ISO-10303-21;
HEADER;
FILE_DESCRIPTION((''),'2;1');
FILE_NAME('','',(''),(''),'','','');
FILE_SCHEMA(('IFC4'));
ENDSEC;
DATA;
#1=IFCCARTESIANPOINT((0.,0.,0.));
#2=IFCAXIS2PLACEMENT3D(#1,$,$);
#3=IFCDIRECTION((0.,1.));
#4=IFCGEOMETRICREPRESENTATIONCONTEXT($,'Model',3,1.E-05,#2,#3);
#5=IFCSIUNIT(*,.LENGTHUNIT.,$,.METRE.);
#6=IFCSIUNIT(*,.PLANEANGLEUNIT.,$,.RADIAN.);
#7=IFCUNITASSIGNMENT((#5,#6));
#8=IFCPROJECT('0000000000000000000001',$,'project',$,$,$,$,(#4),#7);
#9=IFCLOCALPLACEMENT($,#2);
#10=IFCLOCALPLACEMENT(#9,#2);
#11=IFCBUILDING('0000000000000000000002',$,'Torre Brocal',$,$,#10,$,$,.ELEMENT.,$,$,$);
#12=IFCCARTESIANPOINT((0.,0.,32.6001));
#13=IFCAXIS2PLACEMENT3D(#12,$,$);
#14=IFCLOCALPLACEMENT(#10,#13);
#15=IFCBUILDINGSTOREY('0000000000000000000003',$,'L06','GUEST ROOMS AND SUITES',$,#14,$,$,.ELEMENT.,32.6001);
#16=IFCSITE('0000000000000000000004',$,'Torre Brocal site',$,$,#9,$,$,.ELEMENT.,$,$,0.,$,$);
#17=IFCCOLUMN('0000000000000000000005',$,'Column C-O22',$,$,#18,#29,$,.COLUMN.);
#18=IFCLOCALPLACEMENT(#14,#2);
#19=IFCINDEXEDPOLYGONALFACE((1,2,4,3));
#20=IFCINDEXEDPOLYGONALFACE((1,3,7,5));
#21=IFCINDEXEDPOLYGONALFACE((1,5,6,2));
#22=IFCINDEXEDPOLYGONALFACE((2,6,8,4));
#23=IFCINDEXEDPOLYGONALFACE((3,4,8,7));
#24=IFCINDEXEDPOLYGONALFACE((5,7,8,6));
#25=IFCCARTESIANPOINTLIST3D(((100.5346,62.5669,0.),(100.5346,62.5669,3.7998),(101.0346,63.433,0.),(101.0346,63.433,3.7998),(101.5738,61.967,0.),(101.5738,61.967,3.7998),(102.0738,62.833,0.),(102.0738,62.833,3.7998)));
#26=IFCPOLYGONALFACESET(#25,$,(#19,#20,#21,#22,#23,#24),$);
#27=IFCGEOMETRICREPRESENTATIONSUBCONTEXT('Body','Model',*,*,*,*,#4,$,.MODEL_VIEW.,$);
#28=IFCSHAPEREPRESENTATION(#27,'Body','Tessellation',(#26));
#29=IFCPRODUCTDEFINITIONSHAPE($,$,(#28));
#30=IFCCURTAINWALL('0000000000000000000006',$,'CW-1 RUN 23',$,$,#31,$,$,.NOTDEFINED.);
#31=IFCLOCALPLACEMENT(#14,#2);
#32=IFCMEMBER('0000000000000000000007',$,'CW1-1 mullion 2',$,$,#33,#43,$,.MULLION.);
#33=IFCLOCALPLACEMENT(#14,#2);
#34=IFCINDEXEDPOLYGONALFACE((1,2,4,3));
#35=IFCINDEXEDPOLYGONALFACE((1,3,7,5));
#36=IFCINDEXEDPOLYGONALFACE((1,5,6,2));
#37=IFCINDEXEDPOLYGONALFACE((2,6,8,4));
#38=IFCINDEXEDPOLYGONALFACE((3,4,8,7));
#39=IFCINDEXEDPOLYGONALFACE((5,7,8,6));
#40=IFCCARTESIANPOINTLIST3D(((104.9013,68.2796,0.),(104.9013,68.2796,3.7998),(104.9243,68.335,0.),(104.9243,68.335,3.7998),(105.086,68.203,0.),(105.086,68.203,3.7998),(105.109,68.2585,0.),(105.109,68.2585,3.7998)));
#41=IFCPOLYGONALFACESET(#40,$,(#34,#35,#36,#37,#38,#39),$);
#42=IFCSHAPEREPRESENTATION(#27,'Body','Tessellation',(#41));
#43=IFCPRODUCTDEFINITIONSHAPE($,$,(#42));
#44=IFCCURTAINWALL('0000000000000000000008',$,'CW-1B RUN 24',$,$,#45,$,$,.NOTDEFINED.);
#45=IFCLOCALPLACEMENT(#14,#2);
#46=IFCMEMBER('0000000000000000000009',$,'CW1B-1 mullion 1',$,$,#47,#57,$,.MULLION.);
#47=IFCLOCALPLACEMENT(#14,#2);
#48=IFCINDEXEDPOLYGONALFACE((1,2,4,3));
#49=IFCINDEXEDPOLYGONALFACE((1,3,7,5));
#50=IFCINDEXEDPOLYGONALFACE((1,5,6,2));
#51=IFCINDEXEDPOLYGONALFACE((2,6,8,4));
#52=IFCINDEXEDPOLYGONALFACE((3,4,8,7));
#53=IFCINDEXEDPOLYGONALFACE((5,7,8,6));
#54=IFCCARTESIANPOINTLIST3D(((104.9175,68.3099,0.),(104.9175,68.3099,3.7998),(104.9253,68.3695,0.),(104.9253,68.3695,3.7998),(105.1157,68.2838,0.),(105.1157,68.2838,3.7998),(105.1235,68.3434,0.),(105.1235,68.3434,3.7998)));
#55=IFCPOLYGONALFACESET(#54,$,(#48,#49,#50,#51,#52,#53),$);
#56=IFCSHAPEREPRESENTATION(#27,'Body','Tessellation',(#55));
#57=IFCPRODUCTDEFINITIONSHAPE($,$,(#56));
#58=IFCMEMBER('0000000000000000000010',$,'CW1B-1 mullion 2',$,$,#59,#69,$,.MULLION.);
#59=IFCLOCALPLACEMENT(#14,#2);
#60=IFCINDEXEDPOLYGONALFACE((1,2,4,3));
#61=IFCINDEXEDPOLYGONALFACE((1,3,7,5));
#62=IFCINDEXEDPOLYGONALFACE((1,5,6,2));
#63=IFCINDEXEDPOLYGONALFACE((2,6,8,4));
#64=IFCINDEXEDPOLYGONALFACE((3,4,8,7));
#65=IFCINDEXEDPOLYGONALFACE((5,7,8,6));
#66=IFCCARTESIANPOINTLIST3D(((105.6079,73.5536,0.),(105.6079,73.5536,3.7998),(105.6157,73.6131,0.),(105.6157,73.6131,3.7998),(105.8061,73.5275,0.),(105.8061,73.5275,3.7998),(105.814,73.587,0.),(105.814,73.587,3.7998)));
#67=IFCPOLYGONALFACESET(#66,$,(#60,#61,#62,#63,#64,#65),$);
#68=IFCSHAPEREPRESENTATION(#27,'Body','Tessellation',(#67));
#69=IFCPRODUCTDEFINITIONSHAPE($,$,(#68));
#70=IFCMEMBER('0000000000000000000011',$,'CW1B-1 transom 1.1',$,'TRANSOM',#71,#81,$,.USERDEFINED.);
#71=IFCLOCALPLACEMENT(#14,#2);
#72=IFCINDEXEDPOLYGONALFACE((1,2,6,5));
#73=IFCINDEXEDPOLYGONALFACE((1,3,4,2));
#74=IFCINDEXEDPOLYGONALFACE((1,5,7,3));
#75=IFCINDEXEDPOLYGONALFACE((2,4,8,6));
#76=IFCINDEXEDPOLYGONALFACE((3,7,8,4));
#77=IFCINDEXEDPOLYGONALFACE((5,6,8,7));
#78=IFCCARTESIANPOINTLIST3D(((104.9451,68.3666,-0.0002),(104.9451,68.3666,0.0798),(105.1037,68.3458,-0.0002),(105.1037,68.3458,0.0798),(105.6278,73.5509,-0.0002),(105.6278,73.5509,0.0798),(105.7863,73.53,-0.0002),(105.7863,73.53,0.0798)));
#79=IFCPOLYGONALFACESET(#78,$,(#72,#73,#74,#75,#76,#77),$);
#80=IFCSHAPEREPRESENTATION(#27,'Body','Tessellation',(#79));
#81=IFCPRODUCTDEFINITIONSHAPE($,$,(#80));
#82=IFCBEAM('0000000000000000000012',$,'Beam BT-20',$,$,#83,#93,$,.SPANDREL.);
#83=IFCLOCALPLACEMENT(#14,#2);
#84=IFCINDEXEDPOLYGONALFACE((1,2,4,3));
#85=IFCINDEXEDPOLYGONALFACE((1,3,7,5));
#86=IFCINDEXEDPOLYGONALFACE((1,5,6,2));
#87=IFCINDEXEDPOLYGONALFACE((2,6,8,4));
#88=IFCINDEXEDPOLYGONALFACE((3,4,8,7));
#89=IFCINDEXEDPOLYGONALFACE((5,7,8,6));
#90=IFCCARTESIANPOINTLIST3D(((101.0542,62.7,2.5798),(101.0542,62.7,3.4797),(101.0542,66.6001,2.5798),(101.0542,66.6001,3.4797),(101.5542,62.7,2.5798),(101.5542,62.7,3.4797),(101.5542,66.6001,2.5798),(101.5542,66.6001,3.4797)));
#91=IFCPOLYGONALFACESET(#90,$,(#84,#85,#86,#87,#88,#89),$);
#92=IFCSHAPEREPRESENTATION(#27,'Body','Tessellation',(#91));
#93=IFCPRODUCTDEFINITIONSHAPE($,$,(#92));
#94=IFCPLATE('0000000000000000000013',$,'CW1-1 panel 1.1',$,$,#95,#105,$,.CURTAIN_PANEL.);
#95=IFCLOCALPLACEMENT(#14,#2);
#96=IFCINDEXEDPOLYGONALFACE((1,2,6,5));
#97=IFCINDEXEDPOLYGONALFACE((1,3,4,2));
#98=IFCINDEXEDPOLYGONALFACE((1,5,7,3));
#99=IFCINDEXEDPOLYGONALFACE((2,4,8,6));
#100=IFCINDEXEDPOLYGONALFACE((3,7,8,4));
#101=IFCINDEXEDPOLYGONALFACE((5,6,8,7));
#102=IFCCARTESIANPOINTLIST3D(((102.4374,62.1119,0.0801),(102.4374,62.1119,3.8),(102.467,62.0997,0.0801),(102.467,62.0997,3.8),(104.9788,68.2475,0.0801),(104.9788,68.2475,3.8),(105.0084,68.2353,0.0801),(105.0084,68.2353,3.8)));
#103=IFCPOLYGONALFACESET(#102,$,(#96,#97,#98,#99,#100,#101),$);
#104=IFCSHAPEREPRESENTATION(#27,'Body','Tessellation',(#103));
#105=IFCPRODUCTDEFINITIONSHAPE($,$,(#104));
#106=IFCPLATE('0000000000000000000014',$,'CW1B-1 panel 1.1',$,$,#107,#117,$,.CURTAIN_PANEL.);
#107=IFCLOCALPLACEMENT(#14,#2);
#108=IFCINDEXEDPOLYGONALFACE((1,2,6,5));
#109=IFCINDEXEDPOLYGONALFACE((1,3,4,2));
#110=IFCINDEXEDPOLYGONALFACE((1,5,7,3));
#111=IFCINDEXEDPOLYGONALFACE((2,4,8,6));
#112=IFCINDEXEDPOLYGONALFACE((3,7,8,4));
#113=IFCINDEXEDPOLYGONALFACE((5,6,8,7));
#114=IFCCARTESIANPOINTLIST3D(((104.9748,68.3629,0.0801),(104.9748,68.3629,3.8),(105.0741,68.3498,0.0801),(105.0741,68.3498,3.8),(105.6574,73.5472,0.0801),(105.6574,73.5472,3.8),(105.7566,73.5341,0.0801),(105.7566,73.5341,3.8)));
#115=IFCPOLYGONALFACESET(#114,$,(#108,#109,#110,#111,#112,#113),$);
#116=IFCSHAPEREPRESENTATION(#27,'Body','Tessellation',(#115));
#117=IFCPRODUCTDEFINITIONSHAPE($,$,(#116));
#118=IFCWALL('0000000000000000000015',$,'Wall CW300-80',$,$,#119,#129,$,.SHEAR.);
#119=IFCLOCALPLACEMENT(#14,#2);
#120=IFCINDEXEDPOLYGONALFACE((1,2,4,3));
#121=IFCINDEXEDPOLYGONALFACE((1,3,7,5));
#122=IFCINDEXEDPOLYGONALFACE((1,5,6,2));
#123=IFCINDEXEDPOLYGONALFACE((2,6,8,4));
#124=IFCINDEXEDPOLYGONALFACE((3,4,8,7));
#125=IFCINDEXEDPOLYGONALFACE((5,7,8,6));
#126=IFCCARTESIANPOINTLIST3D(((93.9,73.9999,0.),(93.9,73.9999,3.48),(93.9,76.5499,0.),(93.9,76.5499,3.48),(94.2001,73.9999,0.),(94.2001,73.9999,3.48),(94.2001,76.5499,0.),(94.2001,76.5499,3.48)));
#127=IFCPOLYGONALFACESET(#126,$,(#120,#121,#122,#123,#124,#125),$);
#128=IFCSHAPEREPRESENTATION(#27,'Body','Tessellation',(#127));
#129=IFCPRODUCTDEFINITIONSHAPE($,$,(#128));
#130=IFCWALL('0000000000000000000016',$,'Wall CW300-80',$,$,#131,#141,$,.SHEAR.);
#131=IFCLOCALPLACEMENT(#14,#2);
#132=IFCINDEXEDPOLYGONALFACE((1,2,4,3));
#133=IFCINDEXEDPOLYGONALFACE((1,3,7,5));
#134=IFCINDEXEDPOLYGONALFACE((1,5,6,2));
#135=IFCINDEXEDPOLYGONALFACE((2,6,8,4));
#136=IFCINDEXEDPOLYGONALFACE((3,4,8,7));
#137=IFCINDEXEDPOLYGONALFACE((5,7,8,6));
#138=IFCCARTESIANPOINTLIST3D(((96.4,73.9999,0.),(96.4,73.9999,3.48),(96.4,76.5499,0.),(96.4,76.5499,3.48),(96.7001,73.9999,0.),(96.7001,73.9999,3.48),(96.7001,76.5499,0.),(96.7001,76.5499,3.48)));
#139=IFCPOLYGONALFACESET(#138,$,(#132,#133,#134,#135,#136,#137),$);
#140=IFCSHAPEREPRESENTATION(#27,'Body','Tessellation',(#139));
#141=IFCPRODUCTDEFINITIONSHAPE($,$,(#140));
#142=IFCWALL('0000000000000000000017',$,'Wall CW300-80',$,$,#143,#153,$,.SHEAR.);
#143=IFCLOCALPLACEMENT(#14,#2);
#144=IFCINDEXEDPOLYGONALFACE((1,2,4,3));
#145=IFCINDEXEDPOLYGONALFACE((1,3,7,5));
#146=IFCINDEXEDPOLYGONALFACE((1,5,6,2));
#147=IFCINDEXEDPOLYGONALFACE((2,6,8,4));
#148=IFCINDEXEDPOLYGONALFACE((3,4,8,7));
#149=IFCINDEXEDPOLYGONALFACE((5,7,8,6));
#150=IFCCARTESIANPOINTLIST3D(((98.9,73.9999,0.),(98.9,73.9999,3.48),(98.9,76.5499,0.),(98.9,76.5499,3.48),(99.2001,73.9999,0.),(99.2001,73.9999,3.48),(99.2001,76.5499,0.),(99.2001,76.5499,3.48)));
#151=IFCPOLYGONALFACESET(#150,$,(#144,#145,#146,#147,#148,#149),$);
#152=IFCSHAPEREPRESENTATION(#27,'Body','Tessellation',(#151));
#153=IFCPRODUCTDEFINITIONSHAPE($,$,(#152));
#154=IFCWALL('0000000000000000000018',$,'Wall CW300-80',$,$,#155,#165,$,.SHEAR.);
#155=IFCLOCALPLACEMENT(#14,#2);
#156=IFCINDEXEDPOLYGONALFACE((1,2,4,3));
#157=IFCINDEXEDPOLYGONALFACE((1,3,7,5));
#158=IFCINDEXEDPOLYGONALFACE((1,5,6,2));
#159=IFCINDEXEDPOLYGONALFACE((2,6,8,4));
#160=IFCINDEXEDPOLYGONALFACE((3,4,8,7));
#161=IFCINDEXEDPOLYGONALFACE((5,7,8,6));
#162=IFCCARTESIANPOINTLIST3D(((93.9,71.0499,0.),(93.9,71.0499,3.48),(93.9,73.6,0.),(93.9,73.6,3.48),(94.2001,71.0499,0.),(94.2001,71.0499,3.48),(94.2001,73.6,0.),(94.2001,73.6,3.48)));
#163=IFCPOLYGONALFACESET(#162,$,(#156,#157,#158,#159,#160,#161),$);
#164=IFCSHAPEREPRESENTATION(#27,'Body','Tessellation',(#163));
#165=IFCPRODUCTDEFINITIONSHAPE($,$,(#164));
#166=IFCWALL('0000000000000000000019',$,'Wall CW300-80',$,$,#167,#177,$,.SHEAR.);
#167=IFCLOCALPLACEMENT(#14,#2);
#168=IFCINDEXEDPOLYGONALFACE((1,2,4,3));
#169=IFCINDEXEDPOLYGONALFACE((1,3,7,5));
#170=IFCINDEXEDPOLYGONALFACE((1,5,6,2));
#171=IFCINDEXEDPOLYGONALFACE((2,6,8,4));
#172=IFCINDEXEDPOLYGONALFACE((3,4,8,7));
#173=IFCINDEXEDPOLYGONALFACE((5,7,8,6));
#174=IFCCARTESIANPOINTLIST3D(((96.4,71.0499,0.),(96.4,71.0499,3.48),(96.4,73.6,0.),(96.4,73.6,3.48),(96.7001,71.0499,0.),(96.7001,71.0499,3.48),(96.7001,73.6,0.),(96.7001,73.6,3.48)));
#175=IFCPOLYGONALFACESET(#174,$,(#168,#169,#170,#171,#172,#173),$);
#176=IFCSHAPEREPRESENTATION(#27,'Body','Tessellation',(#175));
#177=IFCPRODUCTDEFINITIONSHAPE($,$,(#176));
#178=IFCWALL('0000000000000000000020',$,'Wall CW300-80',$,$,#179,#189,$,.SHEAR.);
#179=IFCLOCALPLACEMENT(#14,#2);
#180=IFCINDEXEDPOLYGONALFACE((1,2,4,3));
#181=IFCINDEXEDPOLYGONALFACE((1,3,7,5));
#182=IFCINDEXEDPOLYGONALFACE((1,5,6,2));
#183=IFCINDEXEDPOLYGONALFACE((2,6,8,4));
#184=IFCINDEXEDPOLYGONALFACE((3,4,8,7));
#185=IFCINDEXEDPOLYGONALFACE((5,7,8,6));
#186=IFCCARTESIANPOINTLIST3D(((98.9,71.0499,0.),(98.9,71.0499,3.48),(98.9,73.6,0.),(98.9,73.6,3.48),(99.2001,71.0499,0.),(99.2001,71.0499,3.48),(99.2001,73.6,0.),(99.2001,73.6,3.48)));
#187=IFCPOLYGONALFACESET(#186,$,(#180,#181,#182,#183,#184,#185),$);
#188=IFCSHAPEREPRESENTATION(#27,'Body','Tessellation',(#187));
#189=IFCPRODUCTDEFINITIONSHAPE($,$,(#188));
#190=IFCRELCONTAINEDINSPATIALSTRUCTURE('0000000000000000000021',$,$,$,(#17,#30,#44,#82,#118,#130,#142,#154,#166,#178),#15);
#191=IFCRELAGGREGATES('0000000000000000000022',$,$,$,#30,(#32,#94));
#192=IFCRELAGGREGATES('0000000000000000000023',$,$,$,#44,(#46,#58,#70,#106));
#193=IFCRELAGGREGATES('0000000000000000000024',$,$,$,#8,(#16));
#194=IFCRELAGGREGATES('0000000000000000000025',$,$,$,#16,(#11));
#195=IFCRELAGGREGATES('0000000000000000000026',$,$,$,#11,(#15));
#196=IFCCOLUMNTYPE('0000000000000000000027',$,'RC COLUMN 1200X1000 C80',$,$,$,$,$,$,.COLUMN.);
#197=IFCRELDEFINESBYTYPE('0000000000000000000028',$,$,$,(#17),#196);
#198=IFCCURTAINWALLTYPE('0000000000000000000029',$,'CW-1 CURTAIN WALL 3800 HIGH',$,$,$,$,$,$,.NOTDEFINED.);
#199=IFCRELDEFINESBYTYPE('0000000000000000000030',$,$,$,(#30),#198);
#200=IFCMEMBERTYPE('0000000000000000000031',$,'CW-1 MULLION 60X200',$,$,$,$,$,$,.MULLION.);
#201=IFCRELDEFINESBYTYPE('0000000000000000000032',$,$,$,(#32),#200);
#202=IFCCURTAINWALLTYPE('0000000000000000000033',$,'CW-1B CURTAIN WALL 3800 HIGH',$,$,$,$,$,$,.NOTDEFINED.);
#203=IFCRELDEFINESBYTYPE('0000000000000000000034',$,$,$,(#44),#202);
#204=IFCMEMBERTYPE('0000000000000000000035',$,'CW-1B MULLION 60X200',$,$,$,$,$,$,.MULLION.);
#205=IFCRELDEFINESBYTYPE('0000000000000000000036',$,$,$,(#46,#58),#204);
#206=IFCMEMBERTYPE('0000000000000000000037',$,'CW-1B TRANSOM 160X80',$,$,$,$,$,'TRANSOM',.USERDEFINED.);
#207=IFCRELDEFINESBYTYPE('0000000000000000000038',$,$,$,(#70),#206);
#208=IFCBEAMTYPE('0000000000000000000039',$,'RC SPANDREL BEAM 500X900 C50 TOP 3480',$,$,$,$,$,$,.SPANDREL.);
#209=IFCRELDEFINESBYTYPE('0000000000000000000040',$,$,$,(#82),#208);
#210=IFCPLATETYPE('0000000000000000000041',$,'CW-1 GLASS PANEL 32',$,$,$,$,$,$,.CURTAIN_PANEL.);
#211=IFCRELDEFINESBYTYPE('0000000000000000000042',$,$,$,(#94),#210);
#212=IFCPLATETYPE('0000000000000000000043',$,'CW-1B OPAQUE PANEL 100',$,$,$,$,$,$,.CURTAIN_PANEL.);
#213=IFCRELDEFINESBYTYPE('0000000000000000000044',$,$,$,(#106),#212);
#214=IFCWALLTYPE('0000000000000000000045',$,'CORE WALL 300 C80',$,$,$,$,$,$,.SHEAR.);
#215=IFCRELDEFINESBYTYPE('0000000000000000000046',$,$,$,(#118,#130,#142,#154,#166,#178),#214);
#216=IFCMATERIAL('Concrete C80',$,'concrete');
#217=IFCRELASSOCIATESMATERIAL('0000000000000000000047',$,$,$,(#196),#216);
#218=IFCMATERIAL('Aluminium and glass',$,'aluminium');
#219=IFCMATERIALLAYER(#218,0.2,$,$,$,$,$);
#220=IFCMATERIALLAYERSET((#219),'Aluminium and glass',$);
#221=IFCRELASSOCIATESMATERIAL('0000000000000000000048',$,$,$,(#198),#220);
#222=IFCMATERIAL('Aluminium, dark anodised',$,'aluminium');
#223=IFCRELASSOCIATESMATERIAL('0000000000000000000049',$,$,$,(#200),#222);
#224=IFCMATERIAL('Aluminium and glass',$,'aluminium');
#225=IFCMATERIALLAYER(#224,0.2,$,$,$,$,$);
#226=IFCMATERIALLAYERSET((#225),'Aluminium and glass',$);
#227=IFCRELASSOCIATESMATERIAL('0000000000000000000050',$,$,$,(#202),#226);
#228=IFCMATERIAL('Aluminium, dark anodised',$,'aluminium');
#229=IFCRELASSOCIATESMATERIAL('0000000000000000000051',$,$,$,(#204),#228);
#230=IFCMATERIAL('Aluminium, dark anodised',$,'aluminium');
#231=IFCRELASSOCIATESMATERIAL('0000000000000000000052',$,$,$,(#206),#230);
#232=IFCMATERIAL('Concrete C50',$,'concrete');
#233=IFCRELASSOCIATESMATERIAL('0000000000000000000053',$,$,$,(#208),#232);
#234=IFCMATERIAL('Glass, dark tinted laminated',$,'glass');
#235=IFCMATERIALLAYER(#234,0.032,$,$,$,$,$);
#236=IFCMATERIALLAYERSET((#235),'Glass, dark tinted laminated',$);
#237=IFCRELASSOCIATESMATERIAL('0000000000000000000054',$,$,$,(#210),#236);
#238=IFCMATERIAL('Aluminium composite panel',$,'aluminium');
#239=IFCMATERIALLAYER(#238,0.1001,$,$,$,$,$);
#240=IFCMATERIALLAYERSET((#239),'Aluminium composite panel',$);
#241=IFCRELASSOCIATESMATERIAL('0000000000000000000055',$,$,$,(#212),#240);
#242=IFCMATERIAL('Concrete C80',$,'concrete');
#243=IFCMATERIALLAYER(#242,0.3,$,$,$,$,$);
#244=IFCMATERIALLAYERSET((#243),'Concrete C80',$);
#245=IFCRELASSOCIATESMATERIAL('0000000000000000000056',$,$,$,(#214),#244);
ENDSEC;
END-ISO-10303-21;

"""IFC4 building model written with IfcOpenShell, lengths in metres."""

from ifc_helpers import new_model, si_unit, direction, frame, frame_2d, origin, origin_2d, place, context, subcontext, project, spatial, rectangle, extrude, material, layer, layer_set, material_profile, profile_set, type_object, element, aggregate, save


model = new_model("IFC4")

# Units and contexts
model_context = context("Model", 3, precision=1e-05, world=origin(), true_north=direction((0.0, 1.0)))
body_context = subcontext(model_context, "Body", "Model", "MODEL_VIEW")
ifc_project = project(units=[si_unit("LENGTHUNIT", "METRE"), si_unit("PLANEANGLEUNIT", "RADIAN")], contexts=[model_context])

# Site, building, storey
site_placement = place(None, origin())
site = spatial("IfcSite", under=ifc_project, at=site_placement, Name="Torre Brocal site", CompositionType="ELEMENT", RefElevation=0.0)
building_placement = place(site_placement, origin())
building = spatial("IfcBuilding", under=site, at=building_placement, Name="Torre Brocal", CompositionType="ELEMENT")
storey_placement = place(building_placement, frame((0.0, 0.0, 32.6001)))
storey = spatial("IfcBuildingStorey", under=building, at=storey_placement, Name="L06", Description="GUEST ROOMS AND SUITES", CompositionType="ELEMENT", Elevation=32.6001)

# Column
ifc_material_1 = material(Name="Concrete C80", Category="concrete")
ifc_material_profile_1 = material_profile(ifc_material_1, rectangle(XDim=1.2, YDim=1.0, at=origin_2d()), Name="RC 1200X1000")
ifc_profile_set_1 = profile_set([ifc_material_profile_1], Name="Concrete C80")
column_type = type_object("IfcColumnType", Name="RC COLUMN 1200X1000 C80", PredefinedType="COLUMN", material=ifc_profile_set_1)
column_placement = place(storey_placement, frame((101.3042, 62.7, 0.0), z_axis=(0.0, 0.0, 1.0), x_axis=(0.866025, -0.5, 0.0)))
element("IfcColumn", 1, at=column_placement, inside=storey, type_object=column_type, Name="Column C-O22", PredefinedType="COLUMN", context=body_context, shape_type="SweptSolid", body=[
    extrude(rectangle(XDim=1.2, YDim=1.0, at=origin_2d()), origin(), (0.0, 0.0, 1.0), 3.7998),
])

# Curtain wall, member
ifc_material_2 = material(Name="Aluminium and glass", Category="aluminium")
ifc_layer_1 = layer(ifc_material_2, 0.2)
ifc_layer_set_1 = layer_set([ifc_layer_1], Name="Aluminium and glass")
curtain_wall_type_1 = type_object("IfcCurtainWallType", Name="CW-1 CURTAIN WALL 3800 HIGH", PredefinedType="NOTDEFINED", material=ifc_layer_set_1)
curtain_wall_1_placement = place(storey_placement, origin())
curtain_wall_1 = element("IfcCurtainWall", 2, at=curtain_wall_1_placement, inside=storey, type_object=curtain_wall_type_1, Name="CW-1 RUN 23", PredefinedType="NOTDEFINED")
ifc_material_3 = material(Name="Aluminium, dark anodised", Category="aluminium")
ifc_material_profile_2 = material_profile(ifc_material_3, rectangle(XDim=0.2, YDim=0.0601, at=origin_2d()), Name="CW-1 MULLION 60X200")
ifc_profile_set_2 = profile_set([ifc_material_profile_2], Name="Aluminium, dark anodised")
member_type_1 = type_object("IfcMemberType", Name="CW-1 MULLION 60X200", PredefinedType="MULLION", material=ifc_profile_set_2)
member_1_placement = place(storey_placement, frame((105.0051, 68.269, 0.0), z_axis=(0.0, 0.0, 1.0), x_axis=(-0.92388, 0.382683, 0.0)))
member_1 = element("IfcMember", 3, at=member_1_placement, type_object=member_type_1, Name="CW1-1 mullion 2", PredefinedType="MULLION", context=body_context, shape_type="SweptSolid", body=[
    extrude(rectangle(XDim=0.2, YDim=0.0601, at=origin_2d()), origin(), (0.0, 0.0, 1.0), 3.7998),
])

# Curtain wall, members
ifc_material_4 = material(Name="Aluminium and glass", Category="aluminium")
ifc_layer_2 = layer(ifc_material_4, 0.2)
ifc_layer_set_2 = layer_set([ifc_layer_2], Name="Aluminium and glass")
curtain_wall_type_2 = type_object("IfcCurtainWallType", Name="CW-1B CURTAIN WALL 3800 HIGH", PredefinedType="NOTDEFINED", material=ifc_layer_set_2)
curtain_wall_2_placement = place(storey_placement, origin())
curtain_wall_2 = element("IfcCurtainWall", 4, at=curtain_wall_2_placement, inside=storey, type_object=curtain_wall_type_2, Name="CW-1B RUN 24", PredefinedType="NOTDEFINED")
ifc_material_5 = material(Name="Aluminium, dark anodised", Category="aluminium")
ifc_material_profile_3 = material_profile(ifc_material_5, rectangle(XDim=0.2, YDim=0.0601, at=origin_2d()), Name="CW-1B MULLION 60X200")
ifc_profile_set_3 = profile_set([ifc_material_profile_3], Name="Aluminium, dark anodised")
member_type_2 = type_object("IfcMemberType", Name="CW-1B MULLION 60X200", PredefinedType="MULLION", material=ifc_profile_set_3)
member_2_placement = place(storey_placement, frame((105.0205, 68.3267, 0.0), z_axis=(0.0, 0.0, 1.0), x_axis=(-0.991445, 0.130526, 0.0)))
member_2 = element("IfcMember", 5, at=member_2_placement, type_object=member_type_2, Name="CW1B-1 mullion 1", PredefinedType="MULLION", context=body_context, shape_type="SweptSolid", body=[
    extrude(rectangle(XDim=0.2, YDim=0.0601, at=origin_2d()), origin(), (0.0, 0.0, 1.0), 3.7998),
])
member_3_placement = place(storey_placement, frame((105.7109, 73.5703, 0.0), z_axis=(0.0, 0.0, 1.0), x_axis=(-0.991445, 0.130526, 0.0)))
member_3 = element("IfcMember", 6, at=member_3_placement, type_object=member_type_2, Name="CW1B-1 mullion 2", PredefinedType="MULLION", context=body_context, shape_type="SweptSolid", body=[
    extrude(rectangle(XDim=0.2, YDim=0.0601, at=origin_2d()), origin(), (0.0, 0.0, 1.0), 3.7998),
])
ifc_material_6 = material(Name="Aluminium, dark anodised", Category="aluminium")
ifc_material_profile_4 = material_profile(ifc_material_6, rectangle(XDim=0.1599, YDim=0.0801, at=origin_2d()), Name="CW-1B TRANSOM 160X80")
ifc_profile_set_4 = profile_set([ifc_material_profile_4], Name="Aluminium, dark anodised")
member_type_3 = type_object("IfcMemberType", Name="CW-1B TRANSOM 160X80", ElementType="TRANSOM", PredefinedType="USERDEFINED", material=ifc_profile_set_4)
member_4_placement = place(storey_placement, frame((105.0244, 68.3562, 0.0398), z_axis=(0.130543, 0.991443, 0.0), x_axis=(-0.991443, 0.130543, 0.0)))
member_4 = element("IfcMember", 7, at=member_4_placement, type_object=member_type_3, Name="CW1B-1 transom 1.1", ObjectType="TRANSOM", PredefinedType="USERDEFINED", context=body_context, shape_type="SweptSolid", body=[
    extrude(rectangle(XDim=0.1599, YDim=0.0801, at=origin_2d()), origin(), (0.0, 0.0, 1.0), 5.229),
])

# Beam
ifc_material_7 = material(Name="Concrete C50", Category="concrete")
ifc_material_profile_5 = material_profile(ifc_material_7, rectangle(XDim=0.5, YDim=0.8999, at=origin_2d()), Name="RC 500X900")
ifc_profile_set_5 = profile_set([ifc_material_profile_5], Name="Concrete C50")
beam_type = type_object("IfcBeamType", Name="RC SPANDREL BEAM 500X900 C50 TOP 3480", PredefinedType="SPANDREL", material=ifc_profile_set_5)
beam_placement = place(storey_placement, frame((101.3042, 62.7, 3.0298), z_axis=(0.0, 1.0, 0.0), x_axis=(-1.0, 0.0, 0.0)))
element("IfcBeam", 8, at=beam_placement, inside=storey, type_object=beam_type, Name="Beam BT-20", PredefinedType="SPANDREL", context=body_context, shape_type="SweptSolid", body=[
    extrude(rectangle(XDim=0.5, YDim=0.8999, at=origin_2d()), origin(), (0.0, 0.0, 1.0), 3.9001),
])

# Plates
ifc_material_8 = material(Name="Glass, dark tinted laminated", Category="glass")
ifc_layer_3 = layer(ifc_material_8, 0.032)
ifc_layer_set_3 = layer_set([ifc_layer_3], Name="Glass, dark tinted laminated")
plate_type_1 = type_object("IfcPlateType", Name="CW-1 GLASS PANEL 32", PredefinedType="CURTAIN_PANEL", material=ifc_layer_set_3)
plate_1_placement = place(storey_placement, frame((103.7229, 65.1736, 0.0801), z_axis=(0.0, 0.0, 1.0), x_axis=(0.382683, 0.92388, 0.0)))
plate_1 = element("IfcPlate", 9, at=plate_1_placement, type_object=plate_type_1, Name="CW1-1 panel 1.1", PredefinedType="CURTAIN_PANEL", context=body_context, shape_type="SweptSolid", body=[
    extrude(rectangle(XDim=6.6411, YDim=0.032, at=origin_2d()), origin(), (0.0, 0.0, 1.0), 3.72),
])
aggregate(curtain_wall_1, [member_1, plate_1])
ifc_material_9 = material(Name="Aluminium composite panel", Category="aluminium")
ifc_layer_4 = layer(ifc_material_9, 0.1001)
ifc_layer_set_4 = layer_set([ifc_layer_4], Name="Aluminium composite panel")
plate_type_2 = type_object("IfcPlateType", Name="CW-1B OPAQUE PANEL 100", PredefinedType="CURTAIN_PANEL", material=ifc_layer_set_4)
plate_2_placement = place(storey_placement, frame((105.3657, 70.9485, 0.0801), z_axis=(0.0, 0.0, 1.0), x_axis=(0.130526, 0.991445, 0.0)))
plate_2 = element("IfcPlate", 10, at=plate_2_placement, type_object=plate_type_2, Name="CW1B-1 panel 1.1", PredefinedType="CURTAIN_PANEL", context=body_context, shape_type="SweptSolid", body=[
    extrude(rectangle(XDim=5.229, YDim=0.1001, at=origin_2d()), origin(), (0.0, 0.0, 1.0), 3.72),
])
aggregate(curtain_wall_2, [member_2, member_3, member_4, plate_2])

# Walls
ifc_material_10 = material(Name="Concrete C80", Category="concrete")
ifc_layer_5 = layer(ifc_material_10, 0.3)
ifc_layer_set_5 = layer_set([ifc_layer_5], Name="Concrete C80")
wall_type_1 = type_object("IfcWallType", Name="CORE WALL 300 C80", PredefinedType="SHEAR", material=ifc_layer_set_5)
for number, where, z_axis, x_axis, name in (
    (11, (94.05, 74.0, 0.0), (0.0, 0.0, 1.0), (0.0, 1.0, 0.0), "Wall CW300-80"),
    (12, (96.55, 74.0, 0.0), (0.0, 0.0, 1.0), (0.0, 1.0, 0.0), "Wall CW300-80"),
    (13, (99.05, 74.0, 0.0), (0.0, 0.0, 1.0), (0.0, 1.0, 0.0), "Wall CW300-80"),
    (14, (94.05, 71.05, 0.0), (0.0, 0.0, 1.0), (0.0, 1.0, 0.0), "Wall CW300-80"),
    (15, (96.55, 71.05, 0.0), (0.0, 0.0, 1.0), (0.0, 1.0, 0.0), "Wall CW300-80"),
    (16, (99.05, 71.05, 0.0), (0.0, 0.0, 1.0), (0.0, 1.0, 0.0), "Wall CW300-80"),
):
    element("IfcWall", number, at=place(storey_placement, frame(where, z_axis=z_axis, x_axis=x_axis)), inside=storey, type_object=wall_type_1, Name=name, PredefinedType="SHEAR", context=body_context, shape_type="SweptSolid", body=[
        extrude(rectangle(XDim=2.55, YDim=0.3, at=frame_2d((1.2749, 0.0))), origin(), (0.0, 0.0, 1.0), 3.48),
    ])

save(model, "model.ifc")
